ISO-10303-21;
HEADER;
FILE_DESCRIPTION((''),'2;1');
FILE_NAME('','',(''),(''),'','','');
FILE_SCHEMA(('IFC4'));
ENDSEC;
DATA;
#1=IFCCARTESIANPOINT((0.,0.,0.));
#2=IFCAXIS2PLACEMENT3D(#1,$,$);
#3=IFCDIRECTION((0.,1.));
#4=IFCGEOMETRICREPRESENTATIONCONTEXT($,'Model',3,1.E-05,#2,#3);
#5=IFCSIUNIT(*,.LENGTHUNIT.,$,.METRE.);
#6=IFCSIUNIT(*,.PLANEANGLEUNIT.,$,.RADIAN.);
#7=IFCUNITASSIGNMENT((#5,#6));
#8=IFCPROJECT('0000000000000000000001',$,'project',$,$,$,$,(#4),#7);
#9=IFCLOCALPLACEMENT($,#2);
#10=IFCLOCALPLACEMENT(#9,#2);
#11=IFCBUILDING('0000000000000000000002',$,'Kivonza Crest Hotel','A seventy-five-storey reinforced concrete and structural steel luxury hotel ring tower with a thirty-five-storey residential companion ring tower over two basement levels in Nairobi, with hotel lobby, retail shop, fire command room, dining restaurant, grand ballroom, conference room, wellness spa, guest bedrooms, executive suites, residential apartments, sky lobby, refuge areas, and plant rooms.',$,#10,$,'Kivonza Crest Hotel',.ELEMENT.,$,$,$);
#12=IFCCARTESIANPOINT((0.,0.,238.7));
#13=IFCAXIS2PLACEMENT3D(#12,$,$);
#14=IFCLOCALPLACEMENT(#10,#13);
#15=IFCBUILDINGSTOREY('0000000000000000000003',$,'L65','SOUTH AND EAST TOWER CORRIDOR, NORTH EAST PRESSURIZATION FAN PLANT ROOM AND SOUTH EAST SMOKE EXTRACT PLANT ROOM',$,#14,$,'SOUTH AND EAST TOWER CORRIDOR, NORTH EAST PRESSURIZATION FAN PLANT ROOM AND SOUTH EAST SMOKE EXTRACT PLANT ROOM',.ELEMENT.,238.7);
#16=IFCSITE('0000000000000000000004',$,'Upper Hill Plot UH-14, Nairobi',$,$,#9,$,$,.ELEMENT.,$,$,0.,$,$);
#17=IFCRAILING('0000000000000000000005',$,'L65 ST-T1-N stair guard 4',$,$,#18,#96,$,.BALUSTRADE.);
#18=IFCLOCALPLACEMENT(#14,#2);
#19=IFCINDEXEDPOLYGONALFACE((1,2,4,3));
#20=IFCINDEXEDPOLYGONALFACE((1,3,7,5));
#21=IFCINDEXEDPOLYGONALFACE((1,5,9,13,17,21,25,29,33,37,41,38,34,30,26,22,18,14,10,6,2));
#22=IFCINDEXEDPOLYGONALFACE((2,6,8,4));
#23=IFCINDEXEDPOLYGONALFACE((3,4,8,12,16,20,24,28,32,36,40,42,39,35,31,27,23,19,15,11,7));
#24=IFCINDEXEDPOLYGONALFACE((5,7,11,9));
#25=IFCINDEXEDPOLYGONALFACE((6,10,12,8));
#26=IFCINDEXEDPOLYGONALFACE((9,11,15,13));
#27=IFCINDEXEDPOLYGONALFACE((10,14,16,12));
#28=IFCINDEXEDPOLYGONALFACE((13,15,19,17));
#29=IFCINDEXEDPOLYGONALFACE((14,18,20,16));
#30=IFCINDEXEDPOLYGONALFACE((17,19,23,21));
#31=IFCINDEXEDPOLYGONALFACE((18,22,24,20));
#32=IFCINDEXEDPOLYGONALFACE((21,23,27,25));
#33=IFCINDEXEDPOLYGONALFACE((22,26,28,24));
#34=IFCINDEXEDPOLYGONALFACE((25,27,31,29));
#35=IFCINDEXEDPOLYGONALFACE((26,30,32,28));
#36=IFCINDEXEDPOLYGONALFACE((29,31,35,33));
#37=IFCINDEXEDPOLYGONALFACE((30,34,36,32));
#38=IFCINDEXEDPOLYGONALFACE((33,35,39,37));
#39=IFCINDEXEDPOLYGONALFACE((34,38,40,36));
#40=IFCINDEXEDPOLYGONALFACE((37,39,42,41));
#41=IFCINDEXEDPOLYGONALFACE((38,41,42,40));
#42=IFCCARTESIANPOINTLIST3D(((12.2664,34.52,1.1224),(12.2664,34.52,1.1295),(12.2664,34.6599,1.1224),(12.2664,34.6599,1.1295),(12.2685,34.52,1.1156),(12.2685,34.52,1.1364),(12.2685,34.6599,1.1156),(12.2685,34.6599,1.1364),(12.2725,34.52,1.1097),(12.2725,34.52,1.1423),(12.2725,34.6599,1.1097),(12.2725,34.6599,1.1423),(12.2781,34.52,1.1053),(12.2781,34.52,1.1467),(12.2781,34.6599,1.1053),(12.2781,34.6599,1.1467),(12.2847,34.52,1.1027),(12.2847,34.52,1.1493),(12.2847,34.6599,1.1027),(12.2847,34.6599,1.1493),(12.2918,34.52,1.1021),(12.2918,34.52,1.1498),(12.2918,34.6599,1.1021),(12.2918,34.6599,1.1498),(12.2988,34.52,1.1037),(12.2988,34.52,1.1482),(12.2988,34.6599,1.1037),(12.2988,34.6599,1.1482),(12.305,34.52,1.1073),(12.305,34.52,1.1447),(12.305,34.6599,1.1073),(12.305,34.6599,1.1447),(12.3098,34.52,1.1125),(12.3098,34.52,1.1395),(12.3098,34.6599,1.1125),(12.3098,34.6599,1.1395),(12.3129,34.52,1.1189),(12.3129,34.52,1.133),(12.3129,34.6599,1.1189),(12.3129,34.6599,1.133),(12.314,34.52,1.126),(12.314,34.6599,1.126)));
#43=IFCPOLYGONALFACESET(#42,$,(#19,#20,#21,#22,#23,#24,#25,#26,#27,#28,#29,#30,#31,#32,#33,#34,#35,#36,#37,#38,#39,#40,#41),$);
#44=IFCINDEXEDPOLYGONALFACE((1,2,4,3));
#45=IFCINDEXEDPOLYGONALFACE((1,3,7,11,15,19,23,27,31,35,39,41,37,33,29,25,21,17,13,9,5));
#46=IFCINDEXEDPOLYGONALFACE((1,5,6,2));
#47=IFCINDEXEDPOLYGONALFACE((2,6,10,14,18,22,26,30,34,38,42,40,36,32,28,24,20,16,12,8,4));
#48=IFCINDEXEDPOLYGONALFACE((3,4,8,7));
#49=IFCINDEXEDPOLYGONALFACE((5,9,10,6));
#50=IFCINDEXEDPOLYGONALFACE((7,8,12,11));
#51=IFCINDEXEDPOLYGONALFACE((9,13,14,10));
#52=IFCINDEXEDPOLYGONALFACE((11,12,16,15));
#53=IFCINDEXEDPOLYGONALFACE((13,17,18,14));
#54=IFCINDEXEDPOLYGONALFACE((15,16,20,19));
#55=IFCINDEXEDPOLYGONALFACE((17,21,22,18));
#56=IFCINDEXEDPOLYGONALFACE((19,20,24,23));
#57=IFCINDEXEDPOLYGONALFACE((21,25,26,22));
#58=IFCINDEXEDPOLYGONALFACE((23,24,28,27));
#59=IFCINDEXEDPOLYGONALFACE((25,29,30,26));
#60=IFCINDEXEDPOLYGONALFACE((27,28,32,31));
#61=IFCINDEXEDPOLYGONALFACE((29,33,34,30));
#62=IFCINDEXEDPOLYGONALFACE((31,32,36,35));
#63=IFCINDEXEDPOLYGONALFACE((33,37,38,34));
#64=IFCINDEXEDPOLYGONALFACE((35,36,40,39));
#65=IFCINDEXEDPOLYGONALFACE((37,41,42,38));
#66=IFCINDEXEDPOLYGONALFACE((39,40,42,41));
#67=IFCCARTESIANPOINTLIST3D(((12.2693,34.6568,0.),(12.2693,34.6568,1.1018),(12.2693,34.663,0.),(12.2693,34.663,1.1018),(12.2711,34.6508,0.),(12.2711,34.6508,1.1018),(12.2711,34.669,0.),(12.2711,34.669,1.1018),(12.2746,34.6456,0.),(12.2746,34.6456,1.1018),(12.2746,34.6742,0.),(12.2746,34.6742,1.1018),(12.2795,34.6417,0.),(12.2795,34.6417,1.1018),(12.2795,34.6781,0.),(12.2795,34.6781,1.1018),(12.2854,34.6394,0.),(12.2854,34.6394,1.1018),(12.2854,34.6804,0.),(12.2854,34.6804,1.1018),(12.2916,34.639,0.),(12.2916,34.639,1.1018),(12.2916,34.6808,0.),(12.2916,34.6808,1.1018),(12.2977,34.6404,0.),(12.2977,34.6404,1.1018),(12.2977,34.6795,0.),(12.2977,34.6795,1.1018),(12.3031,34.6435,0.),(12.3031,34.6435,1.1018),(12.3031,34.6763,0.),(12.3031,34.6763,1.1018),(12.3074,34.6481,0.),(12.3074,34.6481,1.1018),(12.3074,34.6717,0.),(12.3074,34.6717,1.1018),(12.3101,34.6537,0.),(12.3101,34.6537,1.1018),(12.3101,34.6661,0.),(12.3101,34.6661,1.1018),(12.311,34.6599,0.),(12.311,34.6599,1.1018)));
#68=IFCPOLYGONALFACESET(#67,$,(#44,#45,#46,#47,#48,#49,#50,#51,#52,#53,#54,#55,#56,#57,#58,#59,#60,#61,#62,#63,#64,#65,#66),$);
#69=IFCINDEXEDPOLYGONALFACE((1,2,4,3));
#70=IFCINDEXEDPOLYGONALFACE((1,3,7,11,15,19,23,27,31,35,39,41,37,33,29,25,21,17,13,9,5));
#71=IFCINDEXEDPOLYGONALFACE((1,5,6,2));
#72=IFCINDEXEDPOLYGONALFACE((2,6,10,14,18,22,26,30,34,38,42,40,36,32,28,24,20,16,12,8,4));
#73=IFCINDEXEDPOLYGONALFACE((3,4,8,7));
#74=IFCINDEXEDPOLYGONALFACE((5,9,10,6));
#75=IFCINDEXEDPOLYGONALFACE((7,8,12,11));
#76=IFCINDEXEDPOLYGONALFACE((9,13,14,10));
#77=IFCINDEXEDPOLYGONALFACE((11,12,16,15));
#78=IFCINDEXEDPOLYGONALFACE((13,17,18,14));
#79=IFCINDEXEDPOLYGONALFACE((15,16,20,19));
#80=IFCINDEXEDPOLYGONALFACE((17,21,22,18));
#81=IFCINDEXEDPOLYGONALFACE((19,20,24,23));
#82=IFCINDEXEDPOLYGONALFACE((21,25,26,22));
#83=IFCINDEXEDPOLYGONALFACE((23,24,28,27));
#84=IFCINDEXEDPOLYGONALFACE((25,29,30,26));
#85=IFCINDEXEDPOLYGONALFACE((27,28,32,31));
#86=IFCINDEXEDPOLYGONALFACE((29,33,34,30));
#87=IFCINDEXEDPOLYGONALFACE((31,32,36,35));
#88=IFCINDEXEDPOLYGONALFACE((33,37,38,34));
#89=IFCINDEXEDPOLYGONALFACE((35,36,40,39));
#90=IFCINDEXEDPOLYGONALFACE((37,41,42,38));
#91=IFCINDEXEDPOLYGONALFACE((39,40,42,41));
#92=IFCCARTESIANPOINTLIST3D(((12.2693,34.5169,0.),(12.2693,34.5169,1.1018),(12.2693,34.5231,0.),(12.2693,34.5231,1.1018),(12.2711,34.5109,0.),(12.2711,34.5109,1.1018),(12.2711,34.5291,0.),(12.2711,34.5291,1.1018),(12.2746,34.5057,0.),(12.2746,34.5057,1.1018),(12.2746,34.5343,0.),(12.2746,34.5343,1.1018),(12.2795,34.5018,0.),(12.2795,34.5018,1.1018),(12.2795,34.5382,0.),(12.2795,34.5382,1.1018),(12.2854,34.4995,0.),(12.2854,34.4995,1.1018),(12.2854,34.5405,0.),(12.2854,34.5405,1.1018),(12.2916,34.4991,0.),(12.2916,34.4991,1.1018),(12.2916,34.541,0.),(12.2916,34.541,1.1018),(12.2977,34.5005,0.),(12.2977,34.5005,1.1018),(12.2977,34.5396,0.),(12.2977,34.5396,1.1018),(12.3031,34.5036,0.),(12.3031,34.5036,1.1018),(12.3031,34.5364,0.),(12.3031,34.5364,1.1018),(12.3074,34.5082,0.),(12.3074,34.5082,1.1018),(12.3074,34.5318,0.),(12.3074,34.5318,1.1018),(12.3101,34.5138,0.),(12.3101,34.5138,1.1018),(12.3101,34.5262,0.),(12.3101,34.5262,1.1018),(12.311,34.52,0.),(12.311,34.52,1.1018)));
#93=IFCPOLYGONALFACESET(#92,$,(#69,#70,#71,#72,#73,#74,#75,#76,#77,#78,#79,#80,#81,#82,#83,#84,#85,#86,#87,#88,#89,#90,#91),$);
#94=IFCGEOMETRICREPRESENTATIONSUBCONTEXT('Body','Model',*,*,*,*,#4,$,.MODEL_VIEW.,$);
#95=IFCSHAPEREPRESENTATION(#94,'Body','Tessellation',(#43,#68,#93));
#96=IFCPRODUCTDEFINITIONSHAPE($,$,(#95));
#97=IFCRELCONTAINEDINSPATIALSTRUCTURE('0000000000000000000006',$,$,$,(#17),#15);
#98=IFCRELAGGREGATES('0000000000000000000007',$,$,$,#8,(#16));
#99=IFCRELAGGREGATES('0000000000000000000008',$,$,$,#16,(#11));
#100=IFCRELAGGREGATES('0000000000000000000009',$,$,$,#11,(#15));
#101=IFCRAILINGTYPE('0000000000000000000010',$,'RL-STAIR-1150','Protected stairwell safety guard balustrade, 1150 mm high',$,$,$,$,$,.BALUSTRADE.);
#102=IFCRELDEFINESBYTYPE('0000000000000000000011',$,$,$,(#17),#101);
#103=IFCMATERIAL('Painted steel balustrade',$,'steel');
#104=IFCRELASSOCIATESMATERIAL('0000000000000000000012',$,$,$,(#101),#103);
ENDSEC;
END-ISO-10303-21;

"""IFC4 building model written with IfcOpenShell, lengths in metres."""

from ifc_helpers import new_model, si_unit, direction, frame, origin, origin_2d, place, context, subcontext, project, spatial, circle, extrude, material, type_object, element, save


model = new_model("IFC4")

# Units and contexts
model_context = context("Model", 3, precision=1e-05, world=origin(), true_north=direction((0.0, 1.0)))
body_context = subcontext(model_context, "Body", "Model", "MODEL_VIEW")
ifc_project = project(units=[si_unit("LENGTHUNIT", "METRE"), si_unit("PLANEANGLEUNIT", "RADIAN")], contexts=[model_context])

# Site, building, storey
site_placement = place(None, origin())
site = spatial("IfcSite", under=ifc_project, at=site_placement, Name="Upper Hill Plot UH-14, Nairobi", CompositionType="ELEMENT", RefElevation=0.0)
building_placement = place(site_placement, origin())
building = spatial("IfcBuilding", under=site, at=building_placement, Name="Kivonza Crest Hotel", Description="A seventy-five-storey reinforced concrete and structural steel luxury hotel ring tower with a thirty-five-storey residential companion ring tower over two basement levels in Nairobi, with hotel lobby, retail shop, fire command room, dining restaurant, grand ballroom, conference room, wellness spa, guest bedrooms, executive suites, residential apartments, sky lobby, refuge areas, and plant rooms.", LongName="Kivonza Crest Hotel", CompositionType="ELEMENT")
storey_placement = place(building_placement, frame((0.0, 0.0, 238.7)))
storey = spatial("IfcBuildingStorey", under=building, at=storey_placement, Name="L65", Description="SOUTH AND EAST TOWER CORRIDOR, NORTH EAST PRESSURIZATION FAN PLANT ROOM AND SOUTH EAST SMOKE EXTRACT PLANT ROOM", LongName="SOUTH AND EAST TOWER CORRIDOR, NORTH EAST PRESSURIZATION FAN PLANT ROOM AND SOUTH EAST SMOKE EXTRACT PLANT ROOM", CompositionType="ELEMENT", Elevation=238.7)

# Railing
ifc_material_1 = material(Name="Painted steel balustrade", Category="steel")
railing_type_1 = type_object("IfcRailingType", Name="RL-STAIR-1150", Description="Protected stairwell safety guard balustrade, 1150 mm high", PredefinedType="BALUSTRADE", material=ifc_material_1)
railing_1_placement = place(storey_placement, frame((12.29, 34.6599, 0.0)))
element("IfcRailing", 1, at=railing_1_placement, inside=storey, type_object=railing_type_1, Name="L65 ST-T1-N stair guard 4", PredefinedType="BALUSTRADE", context=body_context, shape_type="SweptSolid", body=[
    extrude(circle(Radius=0.0239, at=origin_2d()), frame((0.0, 0.0, 1.126), z_axis=(0.0, -1.0, 0.0), x_axis=(1.0, 0.0, 0.0)), (0.0, 0.0, 1.0), 0.1399),
    extrude(circle(Radius=0.021, at=origin_2d()), origin(), (0.0, 0.0, 1.0), 1.1018),
    extrude(circle(Radius=0.021, at=origin_2d()), frame((0.0, -0.1399, 0.0)), (0.0, 0.0, 1.0), 1.1018),
])

save(model, "model.ifc")
